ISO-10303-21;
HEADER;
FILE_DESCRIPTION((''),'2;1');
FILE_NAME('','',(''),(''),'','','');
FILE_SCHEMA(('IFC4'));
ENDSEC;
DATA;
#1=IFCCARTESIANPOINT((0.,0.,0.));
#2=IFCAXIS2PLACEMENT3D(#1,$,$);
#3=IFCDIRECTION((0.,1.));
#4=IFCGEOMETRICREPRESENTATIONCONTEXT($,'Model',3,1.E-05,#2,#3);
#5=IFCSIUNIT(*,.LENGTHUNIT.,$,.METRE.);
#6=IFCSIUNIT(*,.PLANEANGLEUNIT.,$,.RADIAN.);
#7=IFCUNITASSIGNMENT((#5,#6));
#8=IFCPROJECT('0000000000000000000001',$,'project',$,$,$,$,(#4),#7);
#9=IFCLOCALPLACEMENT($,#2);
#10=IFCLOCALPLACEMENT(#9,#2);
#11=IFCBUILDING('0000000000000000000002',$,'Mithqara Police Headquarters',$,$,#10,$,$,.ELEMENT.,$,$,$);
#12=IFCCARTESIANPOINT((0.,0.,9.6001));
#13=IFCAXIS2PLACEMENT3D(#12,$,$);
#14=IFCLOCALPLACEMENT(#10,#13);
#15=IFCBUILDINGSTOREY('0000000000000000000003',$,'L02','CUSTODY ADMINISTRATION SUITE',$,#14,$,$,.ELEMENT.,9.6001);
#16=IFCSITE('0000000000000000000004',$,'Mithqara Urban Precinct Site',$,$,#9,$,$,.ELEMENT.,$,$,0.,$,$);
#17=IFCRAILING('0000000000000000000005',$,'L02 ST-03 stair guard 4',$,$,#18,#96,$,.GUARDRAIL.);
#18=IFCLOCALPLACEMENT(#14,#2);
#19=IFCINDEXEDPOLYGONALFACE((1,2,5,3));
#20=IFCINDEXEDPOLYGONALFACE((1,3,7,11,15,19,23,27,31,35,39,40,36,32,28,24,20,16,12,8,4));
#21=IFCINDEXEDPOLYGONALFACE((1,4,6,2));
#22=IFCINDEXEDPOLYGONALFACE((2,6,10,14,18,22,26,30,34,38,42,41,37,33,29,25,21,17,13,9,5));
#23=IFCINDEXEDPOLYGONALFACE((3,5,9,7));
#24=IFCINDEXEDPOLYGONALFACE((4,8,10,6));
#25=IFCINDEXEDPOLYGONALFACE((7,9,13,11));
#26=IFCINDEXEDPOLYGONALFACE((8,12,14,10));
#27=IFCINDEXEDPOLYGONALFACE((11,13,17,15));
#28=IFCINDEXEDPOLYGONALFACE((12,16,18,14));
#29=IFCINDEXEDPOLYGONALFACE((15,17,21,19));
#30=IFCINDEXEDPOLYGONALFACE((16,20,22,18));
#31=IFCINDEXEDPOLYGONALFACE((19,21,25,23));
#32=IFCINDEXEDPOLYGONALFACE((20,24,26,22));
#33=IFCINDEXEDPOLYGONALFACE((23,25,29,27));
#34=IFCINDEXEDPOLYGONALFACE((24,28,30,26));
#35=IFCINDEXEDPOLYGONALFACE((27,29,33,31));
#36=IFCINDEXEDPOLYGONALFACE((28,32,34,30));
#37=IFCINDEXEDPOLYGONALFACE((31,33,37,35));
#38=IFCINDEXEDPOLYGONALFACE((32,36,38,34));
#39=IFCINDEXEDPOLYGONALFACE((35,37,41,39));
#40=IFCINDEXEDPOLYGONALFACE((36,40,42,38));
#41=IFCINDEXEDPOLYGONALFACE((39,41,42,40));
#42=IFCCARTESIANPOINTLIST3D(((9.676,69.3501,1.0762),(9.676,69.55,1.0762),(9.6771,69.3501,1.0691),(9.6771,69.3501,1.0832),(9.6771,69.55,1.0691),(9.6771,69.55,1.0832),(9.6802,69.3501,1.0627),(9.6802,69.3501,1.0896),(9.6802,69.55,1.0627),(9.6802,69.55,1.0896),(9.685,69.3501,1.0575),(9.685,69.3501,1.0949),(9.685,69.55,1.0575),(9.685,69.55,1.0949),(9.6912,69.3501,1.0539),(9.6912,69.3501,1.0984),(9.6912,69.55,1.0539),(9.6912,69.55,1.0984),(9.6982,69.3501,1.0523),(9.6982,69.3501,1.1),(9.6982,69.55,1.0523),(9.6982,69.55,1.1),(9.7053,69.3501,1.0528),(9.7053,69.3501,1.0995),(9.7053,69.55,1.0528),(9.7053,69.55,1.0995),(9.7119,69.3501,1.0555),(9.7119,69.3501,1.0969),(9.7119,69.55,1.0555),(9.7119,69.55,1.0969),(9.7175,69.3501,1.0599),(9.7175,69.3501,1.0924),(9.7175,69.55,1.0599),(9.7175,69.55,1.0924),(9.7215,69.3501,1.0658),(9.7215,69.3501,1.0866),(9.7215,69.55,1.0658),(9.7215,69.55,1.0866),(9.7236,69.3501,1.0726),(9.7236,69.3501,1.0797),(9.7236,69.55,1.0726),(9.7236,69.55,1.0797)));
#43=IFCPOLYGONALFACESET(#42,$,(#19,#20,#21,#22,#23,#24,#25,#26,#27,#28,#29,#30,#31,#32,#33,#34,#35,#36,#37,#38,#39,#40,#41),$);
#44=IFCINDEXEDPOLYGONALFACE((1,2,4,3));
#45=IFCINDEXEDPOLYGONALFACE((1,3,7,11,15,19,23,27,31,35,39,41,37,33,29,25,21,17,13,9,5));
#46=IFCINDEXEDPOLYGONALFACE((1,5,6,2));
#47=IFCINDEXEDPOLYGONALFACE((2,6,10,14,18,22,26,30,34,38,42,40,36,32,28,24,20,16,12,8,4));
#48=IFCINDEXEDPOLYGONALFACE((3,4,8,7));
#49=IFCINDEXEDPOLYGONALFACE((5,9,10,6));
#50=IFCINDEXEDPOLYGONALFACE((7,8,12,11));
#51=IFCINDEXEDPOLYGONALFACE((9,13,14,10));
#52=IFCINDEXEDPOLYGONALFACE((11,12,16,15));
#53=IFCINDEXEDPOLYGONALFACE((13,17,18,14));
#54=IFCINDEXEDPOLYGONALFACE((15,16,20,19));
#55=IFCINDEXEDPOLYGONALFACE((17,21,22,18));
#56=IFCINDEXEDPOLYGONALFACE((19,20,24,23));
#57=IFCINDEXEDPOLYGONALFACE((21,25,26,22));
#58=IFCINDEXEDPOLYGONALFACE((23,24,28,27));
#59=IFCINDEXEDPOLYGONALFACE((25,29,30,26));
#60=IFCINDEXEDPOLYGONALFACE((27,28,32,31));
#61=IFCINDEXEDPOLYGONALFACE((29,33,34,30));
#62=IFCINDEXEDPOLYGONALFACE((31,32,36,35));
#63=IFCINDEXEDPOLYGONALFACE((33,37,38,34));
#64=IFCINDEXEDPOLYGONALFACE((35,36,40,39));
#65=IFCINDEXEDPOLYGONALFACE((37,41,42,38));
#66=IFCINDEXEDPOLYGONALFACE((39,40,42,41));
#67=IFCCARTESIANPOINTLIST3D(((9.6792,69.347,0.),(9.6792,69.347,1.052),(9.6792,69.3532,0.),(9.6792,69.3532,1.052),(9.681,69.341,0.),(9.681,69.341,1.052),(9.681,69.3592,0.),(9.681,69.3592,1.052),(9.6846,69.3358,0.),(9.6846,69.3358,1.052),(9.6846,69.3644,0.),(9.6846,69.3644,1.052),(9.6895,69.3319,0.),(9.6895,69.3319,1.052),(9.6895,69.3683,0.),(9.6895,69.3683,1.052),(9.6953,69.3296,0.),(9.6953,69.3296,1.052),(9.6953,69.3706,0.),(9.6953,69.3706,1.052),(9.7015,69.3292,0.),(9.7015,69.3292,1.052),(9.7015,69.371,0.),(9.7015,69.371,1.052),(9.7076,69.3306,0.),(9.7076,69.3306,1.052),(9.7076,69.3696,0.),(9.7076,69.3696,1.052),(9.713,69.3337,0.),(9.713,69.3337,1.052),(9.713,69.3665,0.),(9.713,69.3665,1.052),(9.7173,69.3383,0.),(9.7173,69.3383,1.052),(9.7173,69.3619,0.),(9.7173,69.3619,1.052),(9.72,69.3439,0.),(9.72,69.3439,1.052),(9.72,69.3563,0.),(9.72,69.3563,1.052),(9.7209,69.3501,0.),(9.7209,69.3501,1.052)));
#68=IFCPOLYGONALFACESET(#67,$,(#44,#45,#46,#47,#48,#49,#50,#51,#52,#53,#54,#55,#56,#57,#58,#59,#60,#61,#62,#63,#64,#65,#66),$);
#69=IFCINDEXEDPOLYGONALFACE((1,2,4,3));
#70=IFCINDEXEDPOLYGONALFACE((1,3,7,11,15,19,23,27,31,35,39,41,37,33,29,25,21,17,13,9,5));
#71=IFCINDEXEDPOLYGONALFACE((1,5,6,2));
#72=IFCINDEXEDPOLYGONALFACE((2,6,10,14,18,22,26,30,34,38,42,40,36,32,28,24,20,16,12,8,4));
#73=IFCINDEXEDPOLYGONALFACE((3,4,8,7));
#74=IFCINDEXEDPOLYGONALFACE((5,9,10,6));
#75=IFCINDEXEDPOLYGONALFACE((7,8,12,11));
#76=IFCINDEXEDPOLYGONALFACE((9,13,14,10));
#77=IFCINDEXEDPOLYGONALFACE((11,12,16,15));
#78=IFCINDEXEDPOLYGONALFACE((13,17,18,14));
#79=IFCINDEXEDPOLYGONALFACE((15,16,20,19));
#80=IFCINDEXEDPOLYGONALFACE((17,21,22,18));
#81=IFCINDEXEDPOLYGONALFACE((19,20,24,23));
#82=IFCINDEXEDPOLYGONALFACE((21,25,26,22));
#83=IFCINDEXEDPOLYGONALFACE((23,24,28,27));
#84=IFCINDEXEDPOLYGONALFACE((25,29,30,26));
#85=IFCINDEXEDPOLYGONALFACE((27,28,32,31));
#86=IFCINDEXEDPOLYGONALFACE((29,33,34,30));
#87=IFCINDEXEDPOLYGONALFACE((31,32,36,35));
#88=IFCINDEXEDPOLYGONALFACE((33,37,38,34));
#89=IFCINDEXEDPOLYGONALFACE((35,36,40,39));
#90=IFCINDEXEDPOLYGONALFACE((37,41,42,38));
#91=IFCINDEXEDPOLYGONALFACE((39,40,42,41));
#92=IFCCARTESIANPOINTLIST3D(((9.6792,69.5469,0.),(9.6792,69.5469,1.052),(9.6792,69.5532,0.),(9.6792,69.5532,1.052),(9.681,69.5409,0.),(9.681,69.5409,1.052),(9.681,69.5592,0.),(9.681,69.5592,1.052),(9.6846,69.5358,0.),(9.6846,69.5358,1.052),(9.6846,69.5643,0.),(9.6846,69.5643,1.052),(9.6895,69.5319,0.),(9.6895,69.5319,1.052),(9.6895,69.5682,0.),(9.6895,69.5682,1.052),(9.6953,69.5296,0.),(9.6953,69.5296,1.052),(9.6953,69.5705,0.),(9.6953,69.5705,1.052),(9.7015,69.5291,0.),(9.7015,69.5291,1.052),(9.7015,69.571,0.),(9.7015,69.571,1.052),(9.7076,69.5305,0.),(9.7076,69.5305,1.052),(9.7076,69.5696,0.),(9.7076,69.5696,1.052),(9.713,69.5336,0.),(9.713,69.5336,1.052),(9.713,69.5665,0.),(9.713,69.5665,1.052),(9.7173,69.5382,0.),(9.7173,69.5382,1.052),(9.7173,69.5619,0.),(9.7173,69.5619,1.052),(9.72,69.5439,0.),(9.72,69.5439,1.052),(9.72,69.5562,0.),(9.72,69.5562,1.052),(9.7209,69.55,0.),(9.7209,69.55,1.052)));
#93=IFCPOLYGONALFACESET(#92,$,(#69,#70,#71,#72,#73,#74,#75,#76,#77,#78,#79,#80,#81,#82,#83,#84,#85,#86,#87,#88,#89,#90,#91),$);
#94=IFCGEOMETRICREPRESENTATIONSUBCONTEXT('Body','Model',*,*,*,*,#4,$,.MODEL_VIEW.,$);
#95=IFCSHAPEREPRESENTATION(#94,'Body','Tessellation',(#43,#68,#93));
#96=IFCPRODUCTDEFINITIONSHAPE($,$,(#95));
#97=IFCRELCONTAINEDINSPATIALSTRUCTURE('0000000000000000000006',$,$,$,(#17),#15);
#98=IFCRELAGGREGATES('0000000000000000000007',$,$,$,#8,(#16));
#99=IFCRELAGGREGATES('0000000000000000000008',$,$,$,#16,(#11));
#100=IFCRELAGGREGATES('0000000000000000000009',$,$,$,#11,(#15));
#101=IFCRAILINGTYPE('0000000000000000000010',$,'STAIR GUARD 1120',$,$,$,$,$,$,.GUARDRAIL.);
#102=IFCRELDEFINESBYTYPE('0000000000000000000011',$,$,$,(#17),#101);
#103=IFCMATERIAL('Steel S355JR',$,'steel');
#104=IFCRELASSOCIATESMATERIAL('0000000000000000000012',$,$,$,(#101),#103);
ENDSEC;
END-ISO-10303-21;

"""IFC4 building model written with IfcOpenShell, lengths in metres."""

from ifc_helpers import new_model, si_unit, direction, frame, origin, origin_2d, place, context, subcontext, project, spatial, circle, extrude, material, type_object, element, save


model = new_model("IFC4")

# Units and contexts
model_context = context("Model", 3, precision=1e-05, world=origin(), true_north=direction((0.0, 1.0)))
body_context = subcontext(model_context, "Body", "Model", "MODEL_VIEW")
ifc_project = project(units=[si_unit("LENGTHUNIT", "METRE"), si_unit("PLANEANGLEUNIT", "RADIAN")], contexts=[model_context])

# Site, building, storey
site_placement = place(None, origin())
site = spatial("IfcSite", under=ifc_project, at=site_placement, Name="Mithqara Urban Precinct Site", CompositionType="ELEMENT", RefElevation=0.0)
building_placement = place(site_placement, origin())
building = spatial("IfcBuilding", under=site, at=building_placement, Name="Mithqara Police Headquarters", CompositionType="ELEMENT")
storey_placement = place(building_placement, frame((0.0, 0.0, 9.6001)))
storey = spatial("IfcBuildingStorey", under=building, at=storey_placement, Name="L02", Description="CUSTODY ADMINISTRATION SUITE", CompositionType="ELEMENT", Elevation=9.6001)

# Shared definitions
ifc_material_1 = material(Name="Steel S355JR", Category="steel")

# Railing
railing_type_1 = type_object("IfcRailingType", Name="STAIR GUARD 1120", PredefinedType="GUARDRAIL", material=ifc_material_1)
railing_1_placement = place(storey_placement, frame((9.7, 69.3501, 0.0)))
element("IfcRailing", 1, at=railing_1_placement, inside=storey, type_object=railing_type_1, Name="L02 ST-03 stair guard 4", PredefinedType="GUARDRAIL", context=body_context, shape_type="SweptSolid", body=[
    extrude(circle(Radius=0.0239, at=origin_2d()), frame((0.0, 0.0, 1.0762), z_axis=(0.0, 1.0, 0.0), x_axis=(-1.0, 0.0, 0.0)), (0.0, 0.0, 1.0), 0.2),
    extrude(circle(Radius=0.021, at=origin_2d()), origin(), (0.0, 0.0, 1.0), 1.052),
    extrude(circle(Radius=0.021, at=origin_2d()), frame((0.0, 0.2, 0.0)), (0.0, 0.0, 1.0), 1.052),
])

save(model, "model.ifc")
